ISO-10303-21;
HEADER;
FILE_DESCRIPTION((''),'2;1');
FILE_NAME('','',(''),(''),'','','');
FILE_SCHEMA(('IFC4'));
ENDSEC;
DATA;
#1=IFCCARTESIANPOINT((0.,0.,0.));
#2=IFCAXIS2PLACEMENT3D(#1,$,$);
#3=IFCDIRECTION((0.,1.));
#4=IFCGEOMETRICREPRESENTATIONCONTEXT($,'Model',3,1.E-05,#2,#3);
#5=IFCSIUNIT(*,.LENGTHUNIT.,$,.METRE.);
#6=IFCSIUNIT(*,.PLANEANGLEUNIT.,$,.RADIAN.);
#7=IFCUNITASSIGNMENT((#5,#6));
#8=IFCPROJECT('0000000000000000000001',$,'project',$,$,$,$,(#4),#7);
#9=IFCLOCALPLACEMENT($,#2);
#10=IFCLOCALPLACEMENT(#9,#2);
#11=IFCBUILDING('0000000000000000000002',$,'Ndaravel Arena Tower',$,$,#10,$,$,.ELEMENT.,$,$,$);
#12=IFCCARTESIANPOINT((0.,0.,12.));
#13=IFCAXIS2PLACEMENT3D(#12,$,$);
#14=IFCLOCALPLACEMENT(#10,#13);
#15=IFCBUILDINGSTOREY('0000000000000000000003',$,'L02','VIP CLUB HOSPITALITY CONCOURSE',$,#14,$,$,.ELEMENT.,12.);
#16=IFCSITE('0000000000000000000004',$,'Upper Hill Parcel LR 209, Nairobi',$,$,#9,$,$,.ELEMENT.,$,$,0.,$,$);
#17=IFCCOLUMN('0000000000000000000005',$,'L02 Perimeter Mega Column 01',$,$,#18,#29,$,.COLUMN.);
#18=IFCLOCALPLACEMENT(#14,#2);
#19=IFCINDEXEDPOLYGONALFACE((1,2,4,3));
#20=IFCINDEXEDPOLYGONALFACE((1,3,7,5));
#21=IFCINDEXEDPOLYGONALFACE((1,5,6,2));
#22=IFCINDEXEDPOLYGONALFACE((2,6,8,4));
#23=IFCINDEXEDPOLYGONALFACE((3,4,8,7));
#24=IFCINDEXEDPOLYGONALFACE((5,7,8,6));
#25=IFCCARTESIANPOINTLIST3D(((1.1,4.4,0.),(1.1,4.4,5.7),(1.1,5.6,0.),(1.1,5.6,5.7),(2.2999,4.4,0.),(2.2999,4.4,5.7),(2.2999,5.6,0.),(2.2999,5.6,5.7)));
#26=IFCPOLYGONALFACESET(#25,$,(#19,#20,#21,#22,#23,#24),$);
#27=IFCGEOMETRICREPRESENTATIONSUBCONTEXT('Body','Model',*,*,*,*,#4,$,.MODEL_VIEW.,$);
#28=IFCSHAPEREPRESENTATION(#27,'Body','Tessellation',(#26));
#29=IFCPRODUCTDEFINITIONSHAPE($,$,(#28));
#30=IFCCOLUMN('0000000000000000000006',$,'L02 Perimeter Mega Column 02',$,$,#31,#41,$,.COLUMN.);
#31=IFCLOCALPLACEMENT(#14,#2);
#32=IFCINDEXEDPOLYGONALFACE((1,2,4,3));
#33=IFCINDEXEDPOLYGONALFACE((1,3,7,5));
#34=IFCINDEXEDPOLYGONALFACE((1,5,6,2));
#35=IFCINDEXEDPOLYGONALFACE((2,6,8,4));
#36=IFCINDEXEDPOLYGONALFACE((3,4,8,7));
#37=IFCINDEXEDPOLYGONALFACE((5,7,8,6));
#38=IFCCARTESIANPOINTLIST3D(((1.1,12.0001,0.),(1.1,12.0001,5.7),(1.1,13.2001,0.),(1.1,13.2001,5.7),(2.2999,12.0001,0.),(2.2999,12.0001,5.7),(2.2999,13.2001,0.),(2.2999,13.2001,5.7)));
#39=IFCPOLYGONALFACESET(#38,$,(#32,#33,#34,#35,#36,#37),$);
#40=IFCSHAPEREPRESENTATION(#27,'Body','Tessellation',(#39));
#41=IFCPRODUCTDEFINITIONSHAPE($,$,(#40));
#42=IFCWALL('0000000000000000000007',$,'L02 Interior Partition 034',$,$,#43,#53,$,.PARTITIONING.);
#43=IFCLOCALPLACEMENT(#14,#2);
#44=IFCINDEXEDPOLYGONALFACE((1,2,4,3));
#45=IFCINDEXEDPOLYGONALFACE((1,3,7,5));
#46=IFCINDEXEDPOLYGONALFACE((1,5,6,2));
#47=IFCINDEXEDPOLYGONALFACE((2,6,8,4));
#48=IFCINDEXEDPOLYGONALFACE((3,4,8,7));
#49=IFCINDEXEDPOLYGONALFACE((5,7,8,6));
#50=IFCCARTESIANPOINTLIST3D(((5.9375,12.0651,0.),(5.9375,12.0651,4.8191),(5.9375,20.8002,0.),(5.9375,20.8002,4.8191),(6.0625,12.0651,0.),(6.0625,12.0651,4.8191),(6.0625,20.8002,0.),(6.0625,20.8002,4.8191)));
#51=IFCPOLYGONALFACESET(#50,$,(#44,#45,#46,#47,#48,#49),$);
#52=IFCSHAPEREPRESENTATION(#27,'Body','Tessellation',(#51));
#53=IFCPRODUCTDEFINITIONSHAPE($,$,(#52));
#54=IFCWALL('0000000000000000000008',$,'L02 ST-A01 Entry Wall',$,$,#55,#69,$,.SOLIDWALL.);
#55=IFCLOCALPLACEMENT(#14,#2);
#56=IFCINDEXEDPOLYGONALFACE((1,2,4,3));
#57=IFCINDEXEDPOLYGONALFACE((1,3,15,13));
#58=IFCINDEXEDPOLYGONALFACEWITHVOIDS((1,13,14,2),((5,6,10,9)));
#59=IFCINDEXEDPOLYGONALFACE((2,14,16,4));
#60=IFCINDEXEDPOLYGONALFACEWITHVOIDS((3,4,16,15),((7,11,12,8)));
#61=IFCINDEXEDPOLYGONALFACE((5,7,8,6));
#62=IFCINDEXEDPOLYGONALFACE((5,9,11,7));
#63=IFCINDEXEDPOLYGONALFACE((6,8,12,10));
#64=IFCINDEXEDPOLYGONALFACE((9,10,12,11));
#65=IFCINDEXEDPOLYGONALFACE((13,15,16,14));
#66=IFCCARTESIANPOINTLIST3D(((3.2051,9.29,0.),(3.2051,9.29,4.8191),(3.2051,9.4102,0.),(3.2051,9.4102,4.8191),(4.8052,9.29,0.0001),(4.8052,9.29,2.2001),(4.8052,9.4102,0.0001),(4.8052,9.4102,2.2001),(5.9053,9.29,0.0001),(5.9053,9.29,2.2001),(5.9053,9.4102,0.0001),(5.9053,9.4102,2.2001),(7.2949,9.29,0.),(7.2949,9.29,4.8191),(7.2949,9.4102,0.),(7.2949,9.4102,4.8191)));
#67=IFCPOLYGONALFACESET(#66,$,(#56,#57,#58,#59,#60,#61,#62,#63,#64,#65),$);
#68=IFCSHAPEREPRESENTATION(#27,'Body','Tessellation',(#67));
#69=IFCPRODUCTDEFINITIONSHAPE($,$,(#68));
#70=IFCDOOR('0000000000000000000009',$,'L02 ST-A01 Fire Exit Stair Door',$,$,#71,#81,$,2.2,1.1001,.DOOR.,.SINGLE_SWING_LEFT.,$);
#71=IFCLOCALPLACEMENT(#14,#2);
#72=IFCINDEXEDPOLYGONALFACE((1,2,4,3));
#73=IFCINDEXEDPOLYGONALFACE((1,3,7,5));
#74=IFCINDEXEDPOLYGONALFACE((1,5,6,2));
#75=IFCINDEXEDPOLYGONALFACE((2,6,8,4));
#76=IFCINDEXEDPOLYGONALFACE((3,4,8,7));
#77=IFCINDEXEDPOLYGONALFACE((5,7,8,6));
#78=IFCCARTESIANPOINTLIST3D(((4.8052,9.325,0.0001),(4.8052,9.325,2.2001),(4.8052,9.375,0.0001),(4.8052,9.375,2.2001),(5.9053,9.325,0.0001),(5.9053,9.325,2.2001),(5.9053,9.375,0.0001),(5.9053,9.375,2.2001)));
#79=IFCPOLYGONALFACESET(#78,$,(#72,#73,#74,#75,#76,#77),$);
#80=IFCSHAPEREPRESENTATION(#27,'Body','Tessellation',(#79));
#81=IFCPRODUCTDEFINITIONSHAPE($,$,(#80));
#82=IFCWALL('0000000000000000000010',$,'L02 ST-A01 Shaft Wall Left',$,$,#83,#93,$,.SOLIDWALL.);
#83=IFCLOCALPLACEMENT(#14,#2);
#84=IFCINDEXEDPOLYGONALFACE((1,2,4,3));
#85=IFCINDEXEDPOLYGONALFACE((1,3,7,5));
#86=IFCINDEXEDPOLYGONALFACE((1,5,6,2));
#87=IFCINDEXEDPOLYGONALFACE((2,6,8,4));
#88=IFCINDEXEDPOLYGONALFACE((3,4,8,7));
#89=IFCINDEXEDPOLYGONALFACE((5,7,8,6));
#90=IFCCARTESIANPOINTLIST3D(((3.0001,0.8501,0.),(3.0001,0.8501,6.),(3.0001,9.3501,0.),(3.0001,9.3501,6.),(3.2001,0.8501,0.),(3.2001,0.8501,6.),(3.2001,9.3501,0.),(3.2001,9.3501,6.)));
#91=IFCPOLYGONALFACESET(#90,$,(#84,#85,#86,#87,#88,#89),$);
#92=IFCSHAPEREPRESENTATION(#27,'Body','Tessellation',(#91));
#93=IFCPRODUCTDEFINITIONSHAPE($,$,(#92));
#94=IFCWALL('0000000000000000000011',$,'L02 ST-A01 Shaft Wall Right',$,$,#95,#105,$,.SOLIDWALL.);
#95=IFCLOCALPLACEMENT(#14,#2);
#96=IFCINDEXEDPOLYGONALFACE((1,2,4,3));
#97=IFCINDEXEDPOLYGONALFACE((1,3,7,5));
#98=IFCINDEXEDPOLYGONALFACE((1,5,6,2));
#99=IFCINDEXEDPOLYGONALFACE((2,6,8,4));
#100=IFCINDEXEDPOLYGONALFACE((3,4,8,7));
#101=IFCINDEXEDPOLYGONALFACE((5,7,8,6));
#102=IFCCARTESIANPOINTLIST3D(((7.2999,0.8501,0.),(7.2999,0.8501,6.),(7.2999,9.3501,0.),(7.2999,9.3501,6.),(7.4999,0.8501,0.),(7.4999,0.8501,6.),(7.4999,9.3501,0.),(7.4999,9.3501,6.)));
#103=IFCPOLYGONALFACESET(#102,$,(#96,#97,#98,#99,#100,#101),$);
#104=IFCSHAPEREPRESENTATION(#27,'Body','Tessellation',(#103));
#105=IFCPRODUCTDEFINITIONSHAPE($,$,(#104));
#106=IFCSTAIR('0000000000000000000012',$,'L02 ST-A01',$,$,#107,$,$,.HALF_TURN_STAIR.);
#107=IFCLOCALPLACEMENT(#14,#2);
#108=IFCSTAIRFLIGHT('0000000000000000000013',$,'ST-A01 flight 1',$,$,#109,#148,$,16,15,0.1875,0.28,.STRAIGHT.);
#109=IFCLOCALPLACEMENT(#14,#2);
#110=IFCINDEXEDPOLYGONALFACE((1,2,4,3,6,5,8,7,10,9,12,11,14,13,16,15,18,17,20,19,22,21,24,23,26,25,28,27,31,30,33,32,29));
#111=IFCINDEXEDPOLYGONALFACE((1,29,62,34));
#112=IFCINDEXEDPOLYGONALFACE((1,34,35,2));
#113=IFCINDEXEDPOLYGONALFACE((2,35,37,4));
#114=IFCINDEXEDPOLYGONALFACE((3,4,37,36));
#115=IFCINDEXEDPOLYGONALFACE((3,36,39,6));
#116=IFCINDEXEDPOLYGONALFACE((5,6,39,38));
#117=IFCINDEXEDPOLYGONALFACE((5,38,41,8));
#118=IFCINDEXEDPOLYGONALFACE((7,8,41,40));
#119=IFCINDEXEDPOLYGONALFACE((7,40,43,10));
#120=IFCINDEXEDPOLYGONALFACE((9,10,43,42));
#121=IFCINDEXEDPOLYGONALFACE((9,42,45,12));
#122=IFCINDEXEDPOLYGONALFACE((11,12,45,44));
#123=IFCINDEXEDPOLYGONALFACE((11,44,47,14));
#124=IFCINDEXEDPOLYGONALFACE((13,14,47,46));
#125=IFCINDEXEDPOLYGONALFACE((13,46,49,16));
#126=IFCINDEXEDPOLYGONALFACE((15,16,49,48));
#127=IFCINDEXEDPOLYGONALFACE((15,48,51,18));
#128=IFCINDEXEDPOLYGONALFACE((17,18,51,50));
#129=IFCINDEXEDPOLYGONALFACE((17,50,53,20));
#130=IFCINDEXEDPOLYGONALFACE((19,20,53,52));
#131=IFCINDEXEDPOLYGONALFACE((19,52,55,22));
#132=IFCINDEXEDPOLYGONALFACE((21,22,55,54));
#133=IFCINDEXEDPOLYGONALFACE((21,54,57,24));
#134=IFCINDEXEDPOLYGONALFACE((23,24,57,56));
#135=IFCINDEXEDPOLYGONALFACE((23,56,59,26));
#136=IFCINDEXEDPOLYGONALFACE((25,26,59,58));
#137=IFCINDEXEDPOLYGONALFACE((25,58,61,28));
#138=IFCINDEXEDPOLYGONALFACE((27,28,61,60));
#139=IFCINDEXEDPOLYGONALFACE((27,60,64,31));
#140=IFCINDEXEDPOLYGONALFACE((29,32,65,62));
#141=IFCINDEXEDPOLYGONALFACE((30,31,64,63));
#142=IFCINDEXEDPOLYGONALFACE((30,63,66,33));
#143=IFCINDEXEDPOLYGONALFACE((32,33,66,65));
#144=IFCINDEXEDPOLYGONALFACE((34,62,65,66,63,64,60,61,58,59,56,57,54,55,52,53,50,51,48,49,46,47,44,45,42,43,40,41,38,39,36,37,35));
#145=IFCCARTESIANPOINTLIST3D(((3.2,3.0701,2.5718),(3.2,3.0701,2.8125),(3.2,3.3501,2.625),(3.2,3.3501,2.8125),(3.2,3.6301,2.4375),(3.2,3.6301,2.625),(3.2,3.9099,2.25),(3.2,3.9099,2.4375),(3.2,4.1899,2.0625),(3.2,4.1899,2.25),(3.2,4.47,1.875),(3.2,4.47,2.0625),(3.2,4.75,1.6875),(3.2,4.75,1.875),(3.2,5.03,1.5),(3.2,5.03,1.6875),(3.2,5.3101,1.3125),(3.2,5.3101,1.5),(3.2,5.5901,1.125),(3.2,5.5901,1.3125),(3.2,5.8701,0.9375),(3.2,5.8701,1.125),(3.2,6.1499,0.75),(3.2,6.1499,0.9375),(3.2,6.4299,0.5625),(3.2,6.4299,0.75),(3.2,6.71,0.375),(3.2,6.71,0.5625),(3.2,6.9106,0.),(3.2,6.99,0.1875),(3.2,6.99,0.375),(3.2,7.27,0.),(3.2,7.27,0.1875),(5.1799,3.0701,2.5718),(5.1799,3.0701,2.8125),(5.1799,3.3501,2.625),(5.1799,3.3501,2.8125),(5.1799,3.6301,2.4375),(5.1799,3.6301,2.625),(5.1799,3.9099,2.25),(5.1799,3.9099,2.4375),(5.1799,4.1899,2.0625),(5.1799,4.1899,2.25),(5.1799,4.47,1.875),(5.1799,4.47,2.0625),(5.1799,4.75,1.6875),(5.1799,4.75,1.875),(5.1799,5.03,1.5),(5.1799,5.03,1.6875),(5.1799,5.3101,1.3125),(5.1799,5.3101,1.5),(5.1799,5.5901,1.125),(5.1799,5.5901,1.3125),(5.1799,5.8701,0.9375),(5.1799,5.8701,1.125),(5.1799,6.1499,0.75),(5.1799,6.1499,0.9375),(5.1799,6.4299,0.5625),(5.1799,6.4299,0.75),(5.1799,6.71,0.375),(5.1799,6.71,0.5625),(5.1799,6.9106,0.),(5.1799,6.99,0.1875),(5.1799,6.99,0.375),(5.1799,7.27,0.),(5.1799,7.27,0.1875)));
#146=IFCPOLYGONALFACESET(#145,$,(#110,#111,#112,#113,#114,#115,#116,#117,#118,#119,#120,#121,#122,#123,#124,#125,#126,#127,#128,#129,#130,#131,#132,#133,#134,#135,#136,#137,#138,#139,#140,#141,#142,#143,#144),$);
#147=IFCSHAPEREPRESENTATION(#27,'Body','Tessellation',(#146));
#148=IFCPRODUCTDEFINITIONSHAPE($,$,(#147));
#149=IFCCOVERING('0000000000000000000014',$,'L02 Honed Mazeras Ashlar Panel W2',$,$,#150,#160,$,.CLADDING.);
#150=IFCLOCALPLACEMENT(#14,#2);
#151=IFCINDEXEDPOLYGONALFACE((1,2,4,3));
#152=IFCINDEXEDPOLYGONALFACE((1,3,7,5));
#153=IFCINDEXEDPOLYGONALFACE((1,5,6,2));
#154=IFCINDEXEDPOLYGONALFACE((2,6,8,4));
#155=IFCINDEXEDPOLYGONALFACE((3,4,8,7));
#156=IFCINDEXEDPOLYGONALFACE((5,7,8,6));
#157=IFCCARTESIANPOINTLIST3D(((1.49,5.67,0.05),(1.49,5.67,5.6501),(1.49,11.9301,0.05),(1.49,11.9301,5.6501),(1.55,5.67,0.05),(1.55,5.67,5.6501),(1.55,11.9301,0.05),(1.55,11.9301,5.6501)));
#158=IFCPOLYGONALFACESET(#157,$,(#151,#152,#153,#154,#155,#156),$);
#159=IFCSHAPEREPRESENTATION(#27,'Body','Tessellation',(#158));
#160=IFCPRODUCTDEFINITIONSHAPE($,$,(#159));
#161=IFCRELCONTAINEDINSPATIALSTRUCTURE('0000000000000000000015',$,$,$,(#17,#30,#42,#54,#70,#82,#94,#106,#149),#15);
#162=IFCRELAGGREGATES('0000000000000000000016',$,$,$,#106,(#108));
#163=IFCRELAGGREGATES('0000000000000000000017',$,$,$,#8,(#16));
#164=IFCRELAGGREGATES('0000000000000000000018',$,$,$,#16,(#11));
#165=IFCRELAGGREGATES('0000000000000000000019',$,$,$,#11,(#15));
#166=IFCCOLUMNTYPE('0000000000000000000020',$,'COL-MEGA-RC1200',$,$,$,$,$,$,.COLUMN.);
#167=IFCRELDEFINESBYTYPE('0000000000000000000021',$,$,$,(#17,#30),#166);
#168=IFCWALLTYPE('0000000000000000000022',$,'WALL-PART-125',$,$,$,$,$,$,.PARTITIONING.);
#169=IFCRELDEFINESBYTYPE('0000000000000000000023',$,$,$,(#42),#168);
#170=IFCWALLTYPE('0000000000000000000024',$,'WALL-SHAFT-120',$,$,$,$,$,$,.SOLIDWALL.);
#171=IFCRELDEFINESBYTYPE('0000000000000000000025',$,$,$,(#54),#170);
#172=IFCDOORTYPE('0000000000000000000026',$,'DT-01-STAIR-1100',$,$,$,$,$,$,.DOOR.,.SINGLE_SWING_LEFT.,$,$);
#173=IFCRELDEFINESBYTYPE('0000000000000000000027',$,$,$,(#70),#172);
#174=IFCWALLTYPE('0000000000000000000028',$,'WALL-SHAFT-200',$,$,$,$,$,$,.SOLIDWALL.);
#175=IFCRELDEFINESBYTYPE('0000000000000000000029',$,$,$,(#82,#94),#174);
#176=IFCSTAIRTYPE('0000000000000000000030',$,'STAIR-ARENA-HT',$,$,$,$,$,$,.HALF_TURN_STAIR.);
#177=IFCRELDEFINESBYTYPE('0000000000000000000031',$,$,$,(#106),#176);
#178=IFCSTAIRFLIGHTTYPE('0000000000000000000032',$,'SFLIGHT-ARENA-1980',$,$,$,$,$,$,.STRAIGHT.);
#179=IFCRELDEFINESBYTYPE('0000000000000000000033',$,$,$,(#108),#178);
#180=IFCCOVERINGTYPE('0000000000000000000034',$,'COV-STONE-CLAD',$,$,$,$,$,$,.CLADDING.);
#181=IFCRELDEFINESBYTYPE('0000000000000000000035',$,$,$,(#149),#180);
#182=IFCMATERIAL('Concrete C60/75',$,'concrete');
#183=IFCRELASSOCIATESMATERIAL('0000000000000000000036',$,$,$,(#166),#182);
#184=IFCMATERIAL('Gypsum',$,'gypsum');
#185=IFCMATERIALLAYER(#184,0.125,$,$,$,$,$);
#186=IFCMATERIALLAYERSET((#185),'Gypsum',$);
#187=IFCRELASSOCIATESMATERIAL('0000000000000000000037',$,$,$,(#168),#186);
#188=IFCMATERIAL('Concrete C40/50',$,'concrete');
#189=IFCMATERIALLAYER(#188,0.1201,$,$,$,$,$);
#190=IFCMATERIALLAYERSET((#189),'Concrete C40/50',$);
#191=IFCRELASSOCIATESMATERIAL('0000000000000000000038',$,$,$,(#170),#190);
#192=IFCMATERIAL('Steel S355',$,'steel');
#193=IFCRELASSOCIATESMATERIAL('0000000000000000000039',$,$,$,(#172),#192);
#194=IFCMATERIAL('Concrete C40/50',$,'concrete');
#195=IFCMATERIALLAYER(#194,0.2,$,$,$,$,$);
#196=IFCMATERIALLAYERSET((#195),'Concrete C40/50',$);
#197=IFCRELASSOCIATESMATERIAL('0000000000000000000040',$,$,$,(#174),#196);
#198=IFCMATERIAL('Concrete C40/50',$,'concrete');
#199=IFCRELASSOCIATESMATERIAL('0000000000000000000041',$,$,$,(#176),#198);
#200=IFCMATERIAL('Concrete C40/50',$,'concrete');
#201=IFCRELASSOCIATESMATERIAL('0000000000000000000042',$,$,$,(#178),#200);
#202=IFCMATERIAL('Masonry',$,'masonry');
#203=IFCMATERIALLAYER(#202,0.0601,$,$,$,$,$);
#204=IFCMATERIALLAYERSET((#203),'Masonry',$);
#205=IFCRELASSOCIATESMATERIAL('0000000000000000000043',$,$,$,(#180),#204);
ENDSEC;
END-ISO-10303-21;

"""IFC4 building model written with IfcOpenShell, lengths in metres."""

from ifc_helpers import new_model, si_unit, direction, frame, frame_2d, origin, origin_2d, place, context, subcontext, project, spatial, polyline, rectangle, outline, extrude, material, layer, layer_set, material_profile, profile_set, type_object, element, fill, aggregate, save


model = new_model("IFC4")

# Units and contexts
model_context = context("Model", 3, precision=1e-05, world=origin(), true_north=direction((0.0, 1.0)))
body_context = subcontext(model_context, "Body", "Model", "MODEL_VIEW")
ifc_project = project(units=[si_unit("LENGTHUNIT", "METRE"), si_unit("PLANEANGLEUNIT", "RADIAN")], contexts=[model_context])

# Site, building, storey
site_placement = place(None, origin())
site = spatial("IfcSite", under=ifc_project, at=site_placement, Name="Upper Hill Parcel LR 209, Nairobi", CompositionType="ELEMENT", RefElevation=0.0)
building_placement = place(site_placement, origin())
building = spatial("IfcBuilding", under=site, at=building_placement, Name="Ndaravel Arena Tower", CompositionType="ELEMENT")
storey_placement = place(building_placement, frame((0.0, 0.0, 12.0)))
storey = spatial("IfcBuildingStorey", under=building, at=storey_placement, Name="L02", Description="VIP CLUB HOSPITALITY CONCOURSE", CompositionType="ELEMENT", Elevation=12.0)

# Columns
ifc_material_1 = material(Name="Concrete C60/75", Category="concrete")
ifc_material_profile = material_profile(ifc_material_1, rectangle(XDim=1.2, YDim=1.2, at=origin_2d()), Name="RC 1200x1200")
ifc_profile_set = profile_set([ifc_material_profile], Name="Concrete C60/75")
column_type = type_object("IfcColumnType", Name="COL-MEGA-RC1200", PredefinedType="COLUMN", material=ifc_profile_set)
for number, where, z_axis, x_axis, name in (
    (1, (1.7, 5.0, 0.0), (0.0, 0.0, 1.0), (1.0, 0.0, 0.0), "L02 Perimeter Mega Column 01"),
    (2, (1.7, 12.6001, 0.0), (0.0, 0.0, 1.0), (1.0, 0.0, 0.0), "L02 Perimeter Mega Column 02"),
):
    element("IfcColumn", number, at=place(storey_placement, frame(where, z_axis=z_axis, x_axis=x_axis)), inside=storey, type_object=column_type, Name=name, PredefinedType="COLUMN", context=body_context, shape_type="SweptSolid", body=[
        extrude(rectangle(XDim=1.2, YDim=1.2, at=origin_2d()), origin(), (0.0, 0.0, 1.0), 5.7),
    ])

# Wall
ifc_material_2 = material(Name="Gypsum", Category="gypsum")
ifc_layer_1 = layer(ifc_material_2, 0.125)
ifc_layer_set_1 = layer_set([ifc_layer_1], Name="Gypsum")
wall_type_1 = type_object("IfcWallType", Name="WALL-PART-125", PredefinedType="PARTITIONING", material=ifc_layer_set_1)
wall_1_placement = place(storey_placement, frame((6.0, 12.0649, 0.0), z_axis=(0.0, 0.0, 1.0), x_axis=(0.0, 1.0, 0.0)))
element("IfcWall", 3, at=wall_1_placement, inside=storey, type_object=wall_type_1, Name="L02 Interior Partition 034", PredefinedType="PARTITIONING", context=body_context, shape_type="SweptSolid", body=[
    extrude(rectangle(XDim=8.7351, YDim=0.125, at=frame_2d((4.3677, 0.0))), origin(), (0.0, 0.0, 1.0), 4.8191),
])

# Wall, opening, door
ifc_material_3 = material(Name="Concrete C40/50", Category="concrete")
ifc_layer_2 = layer(ifc_material_3, 0.1201)
ifc_layer_set_2 = layer_set([ifc_layer_2], Name="Concrete C40/50")
wall_type_2 = type_object("IfcWallType", Name="WALL-SHAFT-120", PredefinedType="SOLIDWALL", material=ifc_layer_set_2)
wall_2_placement = place(storey_placement, frame((3.2051, 9.3501, 0.0), z_axis=(0.0, 0.0, 1.0), x_axis=(1.0, 0.0, 0.0)))
wall_2 = element("IfcWall", 4, at=wall_2_placement, inside=storey, type_object=wall_type_2, Name="L02 ST-A01 Entry Wall", PredefinedType="SOLIDWALL", context=body_context, shape_type="SweptSolid", body=[
    extrude(rectangle(XDim=4.0898, YDim=0.1201, at=frame_2d((2.0449, 0.0))), origin(), (0.0, 0.0, 1.0), 4.8191),
])
opening_1_placement = place(wall_2_placement, frame((1.6001, 0.0, 0.0)))
opening_1 = element("IfcOpeningElement", 5, at=opening_1_placement, cuts=wall_2, PredefinedType="OPENING", context=body_context, shape_type="SweptSolid", body=[
    extrude(rectangle(XDim=1.1001, YDim=2.2, at=frame_2d((0.55, 1.1001))), frame((0.0, 0.0601, 0.0), z_axis=(0.0, -1.0, 0.0), x_axis=(1.0, 0.0, 0.0)), (0.0, 0.0, 1.0), 0.1201),
])
ifc_material_4 = material(Name="Steel S355", Category="steel")
door_type = type_object("IfcDoorType", Name="DT-01-STAIR-1100", OperationType="SINGLE_SWING_LEFT", PredefinedType="DOOR", material=ifc_material_4)
door_placement = place(opening_1_placement, origin())
door = element("IfcDoor", 6, at=door_placement, inside=storey, type_object=door_type, Name="L02 ST-A01 Fire Exit Stair Door", OperationType="SINGLE_SWING_LEFT", OverallHeight=2.2, OverallWidth=1.1001, PredefinedType="DOOR", context=body_context, shape_type="SweptSolid", body=[
    extrude(rectangle(XDim=1.1001, YDim=2.2, at=frame_2d((0.55, 1.1001))), frame((0.0, 0.0249, 0.0), z_axis=(0.0, -1.0, 0.0), x_axis=(1.0, 0.0, 0.0)), (0.0, 0.0, 1.0), 0.05),
])
fill(opening_1, door)

# Walls
ifc_material_5 = material(Name="Concrete C40/50", Category="concrete")
ifc_layer_3 = layer(ifc_material_5, 0.2)
ifc_layer_set_3 = layer_set([ifc_layer_3], Name="Concrete C40/50")
wall_type_3 = type_object("IfcWallType", Name="WALL-SHAFT-200", PredefinedType="SOLIDWALL", material=ifc_layer_set_3)
for number, where, z_axis, x_axis, name in (
    (7, (3.1001, 9.3501, 0.0), (0.0, 0.0, 1.0), (0.0, -1.0, 0.0), "L02 ST-A01 Shaft Wall Left"),
    (8, (7.3999, 9.3501, 0.0), (0.0, 0.0, 1.0), (0.0, -1.0, 0.0), "L02 ST-A01 Shaft Wall Right"),
):
    element("IfcWall", number, at=place(storey_placement, frame(where, z_axis=z_axis, x_axis=x_axis)), inside=storey, type_object=wall_type_3, Name=name, PredefinedType="SOLIDWALL", context=body_context, shape_type="SweptSolid", body=[
        extrude(rectangle(XDim=8.5, YDim=0.2, at=frame_2d((4.25, 0.0))), origin(), (0.0, 0.0, 1.0), 6.0),
    ])

# Stair, stair flight
ifc_material_6 = material(Name="Concrete C40/50", Category="concrete")
stair_type = type_object("IfcStairType", Name="STAIR-ARENA-HT", PredefinedType="HALF_TURN_STAIR", material=ifc_material_6)
stair_placement = place(storey_placement, origin())
stair = element("IfcStair", 9, at=stair_placement, inside=storey, type_object=stair_type, Name="L02 ST-A01", PredefinedType="HALF_TURN_STAIR")
ifc_material_7 = material(Name="Concrete C40/50", Category="concrete")
stair_flight_type = type_object("IfcStairFlightType", Name="SFLIGHT-ARENA-1980", PredefinedType="STRAIGHT", material=ifc_material_7)
stair_flight_placement = place(storey_placement, frame((4.1899, 7.27, 0.0), z_axis=(0.0, 0.0, 1.0), x_axis=(0.0, -1.0, 0.0)))
stair_flight = element("IfcStairFlight", 10, at=stair_flight_placement, type_object=stair_flight_type, Name="ST-A01 flight 1", NumberOfRisers=16, NumberOfTreads=15, PredefinedType="STRAIGHT", RiserHeight=0.1875, TreadLength=0.28, context=body_context, shape_type="SweptSolid", body=[
    extrude(outline(polyline([(0.0, 0.0), (0.0, 0.1875), (0.28, 0.1875), (0.28, 0.375), (0.5601, 0.375), (0.5601, 0.5625), (0.8401, 0.5625), (0.8401, 0.75), (1.1201, 0.75), (1.1201, 0.9375), (1.3999, 0.9375), (1.3999, 1.125), (1.6799, 1.125), (1.6799, 1.3125), (1.96, 1.3125), (1.96, 1.5), (2.24, 1.5), (2.24, 1.6875), (2.52, 1.6875), (2.52, 1.875), (2.8, 1.875), (2.8, 2.0625), (3.0801, 2.0625), (3.0801, 2.25), (3.3601, 2.25), (3.3601, 2.4375), (3.6399, 2.4375), (3.6399, 2.625), (3.9199, 2.625), (3.9199, 2.8125), (4.2, 2.8125), (4.2, 3.0), (4.2, 2.5718), (0.3594, 0.0), (0.0, 0.0)])), frame((0.0, 0.99, 0.0), z_axis=(0.0, -1.0, 0.0), x_axis=(1.0, 0.0, 0.0)), (0.0, 0.0, 1.0), 1.98),
])
aggregate(stair, [stair_flight])

# Covering
ifc_material_8 = material(Name="Masonry", Category="masonry")
ifc_layer_4 = layer(ifc_material_8, 0.0601)
ifc_layer_set_4 = layer_set([ifc_layer_4], Name="Masonry")
covering_type = type_object("IfcCoveringType", Name="COV-STONE-CLAD", PredefinedType="CLADDING", material=ifc_layer_set_4)
covering_placement = place(storey_placement, frame((1.52, 8.8, 0.05), z_axis=(0.0, 0.0, 1.0), x_axis=(1.0, 0.0, 0.0)))
element("IfcCovering", 11, at=covering_placement, inside=storey, type_object=covering_type, Name="L02 Honed Mazeras Ashlar Panel W2", PredefinedType="CLADDING", context=body_context, shape_type="SweptSolid", body=[
    extrude(rectangle(XDim=0.0601, YDim=6.26, at=origin_2d()), origin(), (0.0, 0.0, 1.0), 5.6001),
])

save(model, "model.ifc")
